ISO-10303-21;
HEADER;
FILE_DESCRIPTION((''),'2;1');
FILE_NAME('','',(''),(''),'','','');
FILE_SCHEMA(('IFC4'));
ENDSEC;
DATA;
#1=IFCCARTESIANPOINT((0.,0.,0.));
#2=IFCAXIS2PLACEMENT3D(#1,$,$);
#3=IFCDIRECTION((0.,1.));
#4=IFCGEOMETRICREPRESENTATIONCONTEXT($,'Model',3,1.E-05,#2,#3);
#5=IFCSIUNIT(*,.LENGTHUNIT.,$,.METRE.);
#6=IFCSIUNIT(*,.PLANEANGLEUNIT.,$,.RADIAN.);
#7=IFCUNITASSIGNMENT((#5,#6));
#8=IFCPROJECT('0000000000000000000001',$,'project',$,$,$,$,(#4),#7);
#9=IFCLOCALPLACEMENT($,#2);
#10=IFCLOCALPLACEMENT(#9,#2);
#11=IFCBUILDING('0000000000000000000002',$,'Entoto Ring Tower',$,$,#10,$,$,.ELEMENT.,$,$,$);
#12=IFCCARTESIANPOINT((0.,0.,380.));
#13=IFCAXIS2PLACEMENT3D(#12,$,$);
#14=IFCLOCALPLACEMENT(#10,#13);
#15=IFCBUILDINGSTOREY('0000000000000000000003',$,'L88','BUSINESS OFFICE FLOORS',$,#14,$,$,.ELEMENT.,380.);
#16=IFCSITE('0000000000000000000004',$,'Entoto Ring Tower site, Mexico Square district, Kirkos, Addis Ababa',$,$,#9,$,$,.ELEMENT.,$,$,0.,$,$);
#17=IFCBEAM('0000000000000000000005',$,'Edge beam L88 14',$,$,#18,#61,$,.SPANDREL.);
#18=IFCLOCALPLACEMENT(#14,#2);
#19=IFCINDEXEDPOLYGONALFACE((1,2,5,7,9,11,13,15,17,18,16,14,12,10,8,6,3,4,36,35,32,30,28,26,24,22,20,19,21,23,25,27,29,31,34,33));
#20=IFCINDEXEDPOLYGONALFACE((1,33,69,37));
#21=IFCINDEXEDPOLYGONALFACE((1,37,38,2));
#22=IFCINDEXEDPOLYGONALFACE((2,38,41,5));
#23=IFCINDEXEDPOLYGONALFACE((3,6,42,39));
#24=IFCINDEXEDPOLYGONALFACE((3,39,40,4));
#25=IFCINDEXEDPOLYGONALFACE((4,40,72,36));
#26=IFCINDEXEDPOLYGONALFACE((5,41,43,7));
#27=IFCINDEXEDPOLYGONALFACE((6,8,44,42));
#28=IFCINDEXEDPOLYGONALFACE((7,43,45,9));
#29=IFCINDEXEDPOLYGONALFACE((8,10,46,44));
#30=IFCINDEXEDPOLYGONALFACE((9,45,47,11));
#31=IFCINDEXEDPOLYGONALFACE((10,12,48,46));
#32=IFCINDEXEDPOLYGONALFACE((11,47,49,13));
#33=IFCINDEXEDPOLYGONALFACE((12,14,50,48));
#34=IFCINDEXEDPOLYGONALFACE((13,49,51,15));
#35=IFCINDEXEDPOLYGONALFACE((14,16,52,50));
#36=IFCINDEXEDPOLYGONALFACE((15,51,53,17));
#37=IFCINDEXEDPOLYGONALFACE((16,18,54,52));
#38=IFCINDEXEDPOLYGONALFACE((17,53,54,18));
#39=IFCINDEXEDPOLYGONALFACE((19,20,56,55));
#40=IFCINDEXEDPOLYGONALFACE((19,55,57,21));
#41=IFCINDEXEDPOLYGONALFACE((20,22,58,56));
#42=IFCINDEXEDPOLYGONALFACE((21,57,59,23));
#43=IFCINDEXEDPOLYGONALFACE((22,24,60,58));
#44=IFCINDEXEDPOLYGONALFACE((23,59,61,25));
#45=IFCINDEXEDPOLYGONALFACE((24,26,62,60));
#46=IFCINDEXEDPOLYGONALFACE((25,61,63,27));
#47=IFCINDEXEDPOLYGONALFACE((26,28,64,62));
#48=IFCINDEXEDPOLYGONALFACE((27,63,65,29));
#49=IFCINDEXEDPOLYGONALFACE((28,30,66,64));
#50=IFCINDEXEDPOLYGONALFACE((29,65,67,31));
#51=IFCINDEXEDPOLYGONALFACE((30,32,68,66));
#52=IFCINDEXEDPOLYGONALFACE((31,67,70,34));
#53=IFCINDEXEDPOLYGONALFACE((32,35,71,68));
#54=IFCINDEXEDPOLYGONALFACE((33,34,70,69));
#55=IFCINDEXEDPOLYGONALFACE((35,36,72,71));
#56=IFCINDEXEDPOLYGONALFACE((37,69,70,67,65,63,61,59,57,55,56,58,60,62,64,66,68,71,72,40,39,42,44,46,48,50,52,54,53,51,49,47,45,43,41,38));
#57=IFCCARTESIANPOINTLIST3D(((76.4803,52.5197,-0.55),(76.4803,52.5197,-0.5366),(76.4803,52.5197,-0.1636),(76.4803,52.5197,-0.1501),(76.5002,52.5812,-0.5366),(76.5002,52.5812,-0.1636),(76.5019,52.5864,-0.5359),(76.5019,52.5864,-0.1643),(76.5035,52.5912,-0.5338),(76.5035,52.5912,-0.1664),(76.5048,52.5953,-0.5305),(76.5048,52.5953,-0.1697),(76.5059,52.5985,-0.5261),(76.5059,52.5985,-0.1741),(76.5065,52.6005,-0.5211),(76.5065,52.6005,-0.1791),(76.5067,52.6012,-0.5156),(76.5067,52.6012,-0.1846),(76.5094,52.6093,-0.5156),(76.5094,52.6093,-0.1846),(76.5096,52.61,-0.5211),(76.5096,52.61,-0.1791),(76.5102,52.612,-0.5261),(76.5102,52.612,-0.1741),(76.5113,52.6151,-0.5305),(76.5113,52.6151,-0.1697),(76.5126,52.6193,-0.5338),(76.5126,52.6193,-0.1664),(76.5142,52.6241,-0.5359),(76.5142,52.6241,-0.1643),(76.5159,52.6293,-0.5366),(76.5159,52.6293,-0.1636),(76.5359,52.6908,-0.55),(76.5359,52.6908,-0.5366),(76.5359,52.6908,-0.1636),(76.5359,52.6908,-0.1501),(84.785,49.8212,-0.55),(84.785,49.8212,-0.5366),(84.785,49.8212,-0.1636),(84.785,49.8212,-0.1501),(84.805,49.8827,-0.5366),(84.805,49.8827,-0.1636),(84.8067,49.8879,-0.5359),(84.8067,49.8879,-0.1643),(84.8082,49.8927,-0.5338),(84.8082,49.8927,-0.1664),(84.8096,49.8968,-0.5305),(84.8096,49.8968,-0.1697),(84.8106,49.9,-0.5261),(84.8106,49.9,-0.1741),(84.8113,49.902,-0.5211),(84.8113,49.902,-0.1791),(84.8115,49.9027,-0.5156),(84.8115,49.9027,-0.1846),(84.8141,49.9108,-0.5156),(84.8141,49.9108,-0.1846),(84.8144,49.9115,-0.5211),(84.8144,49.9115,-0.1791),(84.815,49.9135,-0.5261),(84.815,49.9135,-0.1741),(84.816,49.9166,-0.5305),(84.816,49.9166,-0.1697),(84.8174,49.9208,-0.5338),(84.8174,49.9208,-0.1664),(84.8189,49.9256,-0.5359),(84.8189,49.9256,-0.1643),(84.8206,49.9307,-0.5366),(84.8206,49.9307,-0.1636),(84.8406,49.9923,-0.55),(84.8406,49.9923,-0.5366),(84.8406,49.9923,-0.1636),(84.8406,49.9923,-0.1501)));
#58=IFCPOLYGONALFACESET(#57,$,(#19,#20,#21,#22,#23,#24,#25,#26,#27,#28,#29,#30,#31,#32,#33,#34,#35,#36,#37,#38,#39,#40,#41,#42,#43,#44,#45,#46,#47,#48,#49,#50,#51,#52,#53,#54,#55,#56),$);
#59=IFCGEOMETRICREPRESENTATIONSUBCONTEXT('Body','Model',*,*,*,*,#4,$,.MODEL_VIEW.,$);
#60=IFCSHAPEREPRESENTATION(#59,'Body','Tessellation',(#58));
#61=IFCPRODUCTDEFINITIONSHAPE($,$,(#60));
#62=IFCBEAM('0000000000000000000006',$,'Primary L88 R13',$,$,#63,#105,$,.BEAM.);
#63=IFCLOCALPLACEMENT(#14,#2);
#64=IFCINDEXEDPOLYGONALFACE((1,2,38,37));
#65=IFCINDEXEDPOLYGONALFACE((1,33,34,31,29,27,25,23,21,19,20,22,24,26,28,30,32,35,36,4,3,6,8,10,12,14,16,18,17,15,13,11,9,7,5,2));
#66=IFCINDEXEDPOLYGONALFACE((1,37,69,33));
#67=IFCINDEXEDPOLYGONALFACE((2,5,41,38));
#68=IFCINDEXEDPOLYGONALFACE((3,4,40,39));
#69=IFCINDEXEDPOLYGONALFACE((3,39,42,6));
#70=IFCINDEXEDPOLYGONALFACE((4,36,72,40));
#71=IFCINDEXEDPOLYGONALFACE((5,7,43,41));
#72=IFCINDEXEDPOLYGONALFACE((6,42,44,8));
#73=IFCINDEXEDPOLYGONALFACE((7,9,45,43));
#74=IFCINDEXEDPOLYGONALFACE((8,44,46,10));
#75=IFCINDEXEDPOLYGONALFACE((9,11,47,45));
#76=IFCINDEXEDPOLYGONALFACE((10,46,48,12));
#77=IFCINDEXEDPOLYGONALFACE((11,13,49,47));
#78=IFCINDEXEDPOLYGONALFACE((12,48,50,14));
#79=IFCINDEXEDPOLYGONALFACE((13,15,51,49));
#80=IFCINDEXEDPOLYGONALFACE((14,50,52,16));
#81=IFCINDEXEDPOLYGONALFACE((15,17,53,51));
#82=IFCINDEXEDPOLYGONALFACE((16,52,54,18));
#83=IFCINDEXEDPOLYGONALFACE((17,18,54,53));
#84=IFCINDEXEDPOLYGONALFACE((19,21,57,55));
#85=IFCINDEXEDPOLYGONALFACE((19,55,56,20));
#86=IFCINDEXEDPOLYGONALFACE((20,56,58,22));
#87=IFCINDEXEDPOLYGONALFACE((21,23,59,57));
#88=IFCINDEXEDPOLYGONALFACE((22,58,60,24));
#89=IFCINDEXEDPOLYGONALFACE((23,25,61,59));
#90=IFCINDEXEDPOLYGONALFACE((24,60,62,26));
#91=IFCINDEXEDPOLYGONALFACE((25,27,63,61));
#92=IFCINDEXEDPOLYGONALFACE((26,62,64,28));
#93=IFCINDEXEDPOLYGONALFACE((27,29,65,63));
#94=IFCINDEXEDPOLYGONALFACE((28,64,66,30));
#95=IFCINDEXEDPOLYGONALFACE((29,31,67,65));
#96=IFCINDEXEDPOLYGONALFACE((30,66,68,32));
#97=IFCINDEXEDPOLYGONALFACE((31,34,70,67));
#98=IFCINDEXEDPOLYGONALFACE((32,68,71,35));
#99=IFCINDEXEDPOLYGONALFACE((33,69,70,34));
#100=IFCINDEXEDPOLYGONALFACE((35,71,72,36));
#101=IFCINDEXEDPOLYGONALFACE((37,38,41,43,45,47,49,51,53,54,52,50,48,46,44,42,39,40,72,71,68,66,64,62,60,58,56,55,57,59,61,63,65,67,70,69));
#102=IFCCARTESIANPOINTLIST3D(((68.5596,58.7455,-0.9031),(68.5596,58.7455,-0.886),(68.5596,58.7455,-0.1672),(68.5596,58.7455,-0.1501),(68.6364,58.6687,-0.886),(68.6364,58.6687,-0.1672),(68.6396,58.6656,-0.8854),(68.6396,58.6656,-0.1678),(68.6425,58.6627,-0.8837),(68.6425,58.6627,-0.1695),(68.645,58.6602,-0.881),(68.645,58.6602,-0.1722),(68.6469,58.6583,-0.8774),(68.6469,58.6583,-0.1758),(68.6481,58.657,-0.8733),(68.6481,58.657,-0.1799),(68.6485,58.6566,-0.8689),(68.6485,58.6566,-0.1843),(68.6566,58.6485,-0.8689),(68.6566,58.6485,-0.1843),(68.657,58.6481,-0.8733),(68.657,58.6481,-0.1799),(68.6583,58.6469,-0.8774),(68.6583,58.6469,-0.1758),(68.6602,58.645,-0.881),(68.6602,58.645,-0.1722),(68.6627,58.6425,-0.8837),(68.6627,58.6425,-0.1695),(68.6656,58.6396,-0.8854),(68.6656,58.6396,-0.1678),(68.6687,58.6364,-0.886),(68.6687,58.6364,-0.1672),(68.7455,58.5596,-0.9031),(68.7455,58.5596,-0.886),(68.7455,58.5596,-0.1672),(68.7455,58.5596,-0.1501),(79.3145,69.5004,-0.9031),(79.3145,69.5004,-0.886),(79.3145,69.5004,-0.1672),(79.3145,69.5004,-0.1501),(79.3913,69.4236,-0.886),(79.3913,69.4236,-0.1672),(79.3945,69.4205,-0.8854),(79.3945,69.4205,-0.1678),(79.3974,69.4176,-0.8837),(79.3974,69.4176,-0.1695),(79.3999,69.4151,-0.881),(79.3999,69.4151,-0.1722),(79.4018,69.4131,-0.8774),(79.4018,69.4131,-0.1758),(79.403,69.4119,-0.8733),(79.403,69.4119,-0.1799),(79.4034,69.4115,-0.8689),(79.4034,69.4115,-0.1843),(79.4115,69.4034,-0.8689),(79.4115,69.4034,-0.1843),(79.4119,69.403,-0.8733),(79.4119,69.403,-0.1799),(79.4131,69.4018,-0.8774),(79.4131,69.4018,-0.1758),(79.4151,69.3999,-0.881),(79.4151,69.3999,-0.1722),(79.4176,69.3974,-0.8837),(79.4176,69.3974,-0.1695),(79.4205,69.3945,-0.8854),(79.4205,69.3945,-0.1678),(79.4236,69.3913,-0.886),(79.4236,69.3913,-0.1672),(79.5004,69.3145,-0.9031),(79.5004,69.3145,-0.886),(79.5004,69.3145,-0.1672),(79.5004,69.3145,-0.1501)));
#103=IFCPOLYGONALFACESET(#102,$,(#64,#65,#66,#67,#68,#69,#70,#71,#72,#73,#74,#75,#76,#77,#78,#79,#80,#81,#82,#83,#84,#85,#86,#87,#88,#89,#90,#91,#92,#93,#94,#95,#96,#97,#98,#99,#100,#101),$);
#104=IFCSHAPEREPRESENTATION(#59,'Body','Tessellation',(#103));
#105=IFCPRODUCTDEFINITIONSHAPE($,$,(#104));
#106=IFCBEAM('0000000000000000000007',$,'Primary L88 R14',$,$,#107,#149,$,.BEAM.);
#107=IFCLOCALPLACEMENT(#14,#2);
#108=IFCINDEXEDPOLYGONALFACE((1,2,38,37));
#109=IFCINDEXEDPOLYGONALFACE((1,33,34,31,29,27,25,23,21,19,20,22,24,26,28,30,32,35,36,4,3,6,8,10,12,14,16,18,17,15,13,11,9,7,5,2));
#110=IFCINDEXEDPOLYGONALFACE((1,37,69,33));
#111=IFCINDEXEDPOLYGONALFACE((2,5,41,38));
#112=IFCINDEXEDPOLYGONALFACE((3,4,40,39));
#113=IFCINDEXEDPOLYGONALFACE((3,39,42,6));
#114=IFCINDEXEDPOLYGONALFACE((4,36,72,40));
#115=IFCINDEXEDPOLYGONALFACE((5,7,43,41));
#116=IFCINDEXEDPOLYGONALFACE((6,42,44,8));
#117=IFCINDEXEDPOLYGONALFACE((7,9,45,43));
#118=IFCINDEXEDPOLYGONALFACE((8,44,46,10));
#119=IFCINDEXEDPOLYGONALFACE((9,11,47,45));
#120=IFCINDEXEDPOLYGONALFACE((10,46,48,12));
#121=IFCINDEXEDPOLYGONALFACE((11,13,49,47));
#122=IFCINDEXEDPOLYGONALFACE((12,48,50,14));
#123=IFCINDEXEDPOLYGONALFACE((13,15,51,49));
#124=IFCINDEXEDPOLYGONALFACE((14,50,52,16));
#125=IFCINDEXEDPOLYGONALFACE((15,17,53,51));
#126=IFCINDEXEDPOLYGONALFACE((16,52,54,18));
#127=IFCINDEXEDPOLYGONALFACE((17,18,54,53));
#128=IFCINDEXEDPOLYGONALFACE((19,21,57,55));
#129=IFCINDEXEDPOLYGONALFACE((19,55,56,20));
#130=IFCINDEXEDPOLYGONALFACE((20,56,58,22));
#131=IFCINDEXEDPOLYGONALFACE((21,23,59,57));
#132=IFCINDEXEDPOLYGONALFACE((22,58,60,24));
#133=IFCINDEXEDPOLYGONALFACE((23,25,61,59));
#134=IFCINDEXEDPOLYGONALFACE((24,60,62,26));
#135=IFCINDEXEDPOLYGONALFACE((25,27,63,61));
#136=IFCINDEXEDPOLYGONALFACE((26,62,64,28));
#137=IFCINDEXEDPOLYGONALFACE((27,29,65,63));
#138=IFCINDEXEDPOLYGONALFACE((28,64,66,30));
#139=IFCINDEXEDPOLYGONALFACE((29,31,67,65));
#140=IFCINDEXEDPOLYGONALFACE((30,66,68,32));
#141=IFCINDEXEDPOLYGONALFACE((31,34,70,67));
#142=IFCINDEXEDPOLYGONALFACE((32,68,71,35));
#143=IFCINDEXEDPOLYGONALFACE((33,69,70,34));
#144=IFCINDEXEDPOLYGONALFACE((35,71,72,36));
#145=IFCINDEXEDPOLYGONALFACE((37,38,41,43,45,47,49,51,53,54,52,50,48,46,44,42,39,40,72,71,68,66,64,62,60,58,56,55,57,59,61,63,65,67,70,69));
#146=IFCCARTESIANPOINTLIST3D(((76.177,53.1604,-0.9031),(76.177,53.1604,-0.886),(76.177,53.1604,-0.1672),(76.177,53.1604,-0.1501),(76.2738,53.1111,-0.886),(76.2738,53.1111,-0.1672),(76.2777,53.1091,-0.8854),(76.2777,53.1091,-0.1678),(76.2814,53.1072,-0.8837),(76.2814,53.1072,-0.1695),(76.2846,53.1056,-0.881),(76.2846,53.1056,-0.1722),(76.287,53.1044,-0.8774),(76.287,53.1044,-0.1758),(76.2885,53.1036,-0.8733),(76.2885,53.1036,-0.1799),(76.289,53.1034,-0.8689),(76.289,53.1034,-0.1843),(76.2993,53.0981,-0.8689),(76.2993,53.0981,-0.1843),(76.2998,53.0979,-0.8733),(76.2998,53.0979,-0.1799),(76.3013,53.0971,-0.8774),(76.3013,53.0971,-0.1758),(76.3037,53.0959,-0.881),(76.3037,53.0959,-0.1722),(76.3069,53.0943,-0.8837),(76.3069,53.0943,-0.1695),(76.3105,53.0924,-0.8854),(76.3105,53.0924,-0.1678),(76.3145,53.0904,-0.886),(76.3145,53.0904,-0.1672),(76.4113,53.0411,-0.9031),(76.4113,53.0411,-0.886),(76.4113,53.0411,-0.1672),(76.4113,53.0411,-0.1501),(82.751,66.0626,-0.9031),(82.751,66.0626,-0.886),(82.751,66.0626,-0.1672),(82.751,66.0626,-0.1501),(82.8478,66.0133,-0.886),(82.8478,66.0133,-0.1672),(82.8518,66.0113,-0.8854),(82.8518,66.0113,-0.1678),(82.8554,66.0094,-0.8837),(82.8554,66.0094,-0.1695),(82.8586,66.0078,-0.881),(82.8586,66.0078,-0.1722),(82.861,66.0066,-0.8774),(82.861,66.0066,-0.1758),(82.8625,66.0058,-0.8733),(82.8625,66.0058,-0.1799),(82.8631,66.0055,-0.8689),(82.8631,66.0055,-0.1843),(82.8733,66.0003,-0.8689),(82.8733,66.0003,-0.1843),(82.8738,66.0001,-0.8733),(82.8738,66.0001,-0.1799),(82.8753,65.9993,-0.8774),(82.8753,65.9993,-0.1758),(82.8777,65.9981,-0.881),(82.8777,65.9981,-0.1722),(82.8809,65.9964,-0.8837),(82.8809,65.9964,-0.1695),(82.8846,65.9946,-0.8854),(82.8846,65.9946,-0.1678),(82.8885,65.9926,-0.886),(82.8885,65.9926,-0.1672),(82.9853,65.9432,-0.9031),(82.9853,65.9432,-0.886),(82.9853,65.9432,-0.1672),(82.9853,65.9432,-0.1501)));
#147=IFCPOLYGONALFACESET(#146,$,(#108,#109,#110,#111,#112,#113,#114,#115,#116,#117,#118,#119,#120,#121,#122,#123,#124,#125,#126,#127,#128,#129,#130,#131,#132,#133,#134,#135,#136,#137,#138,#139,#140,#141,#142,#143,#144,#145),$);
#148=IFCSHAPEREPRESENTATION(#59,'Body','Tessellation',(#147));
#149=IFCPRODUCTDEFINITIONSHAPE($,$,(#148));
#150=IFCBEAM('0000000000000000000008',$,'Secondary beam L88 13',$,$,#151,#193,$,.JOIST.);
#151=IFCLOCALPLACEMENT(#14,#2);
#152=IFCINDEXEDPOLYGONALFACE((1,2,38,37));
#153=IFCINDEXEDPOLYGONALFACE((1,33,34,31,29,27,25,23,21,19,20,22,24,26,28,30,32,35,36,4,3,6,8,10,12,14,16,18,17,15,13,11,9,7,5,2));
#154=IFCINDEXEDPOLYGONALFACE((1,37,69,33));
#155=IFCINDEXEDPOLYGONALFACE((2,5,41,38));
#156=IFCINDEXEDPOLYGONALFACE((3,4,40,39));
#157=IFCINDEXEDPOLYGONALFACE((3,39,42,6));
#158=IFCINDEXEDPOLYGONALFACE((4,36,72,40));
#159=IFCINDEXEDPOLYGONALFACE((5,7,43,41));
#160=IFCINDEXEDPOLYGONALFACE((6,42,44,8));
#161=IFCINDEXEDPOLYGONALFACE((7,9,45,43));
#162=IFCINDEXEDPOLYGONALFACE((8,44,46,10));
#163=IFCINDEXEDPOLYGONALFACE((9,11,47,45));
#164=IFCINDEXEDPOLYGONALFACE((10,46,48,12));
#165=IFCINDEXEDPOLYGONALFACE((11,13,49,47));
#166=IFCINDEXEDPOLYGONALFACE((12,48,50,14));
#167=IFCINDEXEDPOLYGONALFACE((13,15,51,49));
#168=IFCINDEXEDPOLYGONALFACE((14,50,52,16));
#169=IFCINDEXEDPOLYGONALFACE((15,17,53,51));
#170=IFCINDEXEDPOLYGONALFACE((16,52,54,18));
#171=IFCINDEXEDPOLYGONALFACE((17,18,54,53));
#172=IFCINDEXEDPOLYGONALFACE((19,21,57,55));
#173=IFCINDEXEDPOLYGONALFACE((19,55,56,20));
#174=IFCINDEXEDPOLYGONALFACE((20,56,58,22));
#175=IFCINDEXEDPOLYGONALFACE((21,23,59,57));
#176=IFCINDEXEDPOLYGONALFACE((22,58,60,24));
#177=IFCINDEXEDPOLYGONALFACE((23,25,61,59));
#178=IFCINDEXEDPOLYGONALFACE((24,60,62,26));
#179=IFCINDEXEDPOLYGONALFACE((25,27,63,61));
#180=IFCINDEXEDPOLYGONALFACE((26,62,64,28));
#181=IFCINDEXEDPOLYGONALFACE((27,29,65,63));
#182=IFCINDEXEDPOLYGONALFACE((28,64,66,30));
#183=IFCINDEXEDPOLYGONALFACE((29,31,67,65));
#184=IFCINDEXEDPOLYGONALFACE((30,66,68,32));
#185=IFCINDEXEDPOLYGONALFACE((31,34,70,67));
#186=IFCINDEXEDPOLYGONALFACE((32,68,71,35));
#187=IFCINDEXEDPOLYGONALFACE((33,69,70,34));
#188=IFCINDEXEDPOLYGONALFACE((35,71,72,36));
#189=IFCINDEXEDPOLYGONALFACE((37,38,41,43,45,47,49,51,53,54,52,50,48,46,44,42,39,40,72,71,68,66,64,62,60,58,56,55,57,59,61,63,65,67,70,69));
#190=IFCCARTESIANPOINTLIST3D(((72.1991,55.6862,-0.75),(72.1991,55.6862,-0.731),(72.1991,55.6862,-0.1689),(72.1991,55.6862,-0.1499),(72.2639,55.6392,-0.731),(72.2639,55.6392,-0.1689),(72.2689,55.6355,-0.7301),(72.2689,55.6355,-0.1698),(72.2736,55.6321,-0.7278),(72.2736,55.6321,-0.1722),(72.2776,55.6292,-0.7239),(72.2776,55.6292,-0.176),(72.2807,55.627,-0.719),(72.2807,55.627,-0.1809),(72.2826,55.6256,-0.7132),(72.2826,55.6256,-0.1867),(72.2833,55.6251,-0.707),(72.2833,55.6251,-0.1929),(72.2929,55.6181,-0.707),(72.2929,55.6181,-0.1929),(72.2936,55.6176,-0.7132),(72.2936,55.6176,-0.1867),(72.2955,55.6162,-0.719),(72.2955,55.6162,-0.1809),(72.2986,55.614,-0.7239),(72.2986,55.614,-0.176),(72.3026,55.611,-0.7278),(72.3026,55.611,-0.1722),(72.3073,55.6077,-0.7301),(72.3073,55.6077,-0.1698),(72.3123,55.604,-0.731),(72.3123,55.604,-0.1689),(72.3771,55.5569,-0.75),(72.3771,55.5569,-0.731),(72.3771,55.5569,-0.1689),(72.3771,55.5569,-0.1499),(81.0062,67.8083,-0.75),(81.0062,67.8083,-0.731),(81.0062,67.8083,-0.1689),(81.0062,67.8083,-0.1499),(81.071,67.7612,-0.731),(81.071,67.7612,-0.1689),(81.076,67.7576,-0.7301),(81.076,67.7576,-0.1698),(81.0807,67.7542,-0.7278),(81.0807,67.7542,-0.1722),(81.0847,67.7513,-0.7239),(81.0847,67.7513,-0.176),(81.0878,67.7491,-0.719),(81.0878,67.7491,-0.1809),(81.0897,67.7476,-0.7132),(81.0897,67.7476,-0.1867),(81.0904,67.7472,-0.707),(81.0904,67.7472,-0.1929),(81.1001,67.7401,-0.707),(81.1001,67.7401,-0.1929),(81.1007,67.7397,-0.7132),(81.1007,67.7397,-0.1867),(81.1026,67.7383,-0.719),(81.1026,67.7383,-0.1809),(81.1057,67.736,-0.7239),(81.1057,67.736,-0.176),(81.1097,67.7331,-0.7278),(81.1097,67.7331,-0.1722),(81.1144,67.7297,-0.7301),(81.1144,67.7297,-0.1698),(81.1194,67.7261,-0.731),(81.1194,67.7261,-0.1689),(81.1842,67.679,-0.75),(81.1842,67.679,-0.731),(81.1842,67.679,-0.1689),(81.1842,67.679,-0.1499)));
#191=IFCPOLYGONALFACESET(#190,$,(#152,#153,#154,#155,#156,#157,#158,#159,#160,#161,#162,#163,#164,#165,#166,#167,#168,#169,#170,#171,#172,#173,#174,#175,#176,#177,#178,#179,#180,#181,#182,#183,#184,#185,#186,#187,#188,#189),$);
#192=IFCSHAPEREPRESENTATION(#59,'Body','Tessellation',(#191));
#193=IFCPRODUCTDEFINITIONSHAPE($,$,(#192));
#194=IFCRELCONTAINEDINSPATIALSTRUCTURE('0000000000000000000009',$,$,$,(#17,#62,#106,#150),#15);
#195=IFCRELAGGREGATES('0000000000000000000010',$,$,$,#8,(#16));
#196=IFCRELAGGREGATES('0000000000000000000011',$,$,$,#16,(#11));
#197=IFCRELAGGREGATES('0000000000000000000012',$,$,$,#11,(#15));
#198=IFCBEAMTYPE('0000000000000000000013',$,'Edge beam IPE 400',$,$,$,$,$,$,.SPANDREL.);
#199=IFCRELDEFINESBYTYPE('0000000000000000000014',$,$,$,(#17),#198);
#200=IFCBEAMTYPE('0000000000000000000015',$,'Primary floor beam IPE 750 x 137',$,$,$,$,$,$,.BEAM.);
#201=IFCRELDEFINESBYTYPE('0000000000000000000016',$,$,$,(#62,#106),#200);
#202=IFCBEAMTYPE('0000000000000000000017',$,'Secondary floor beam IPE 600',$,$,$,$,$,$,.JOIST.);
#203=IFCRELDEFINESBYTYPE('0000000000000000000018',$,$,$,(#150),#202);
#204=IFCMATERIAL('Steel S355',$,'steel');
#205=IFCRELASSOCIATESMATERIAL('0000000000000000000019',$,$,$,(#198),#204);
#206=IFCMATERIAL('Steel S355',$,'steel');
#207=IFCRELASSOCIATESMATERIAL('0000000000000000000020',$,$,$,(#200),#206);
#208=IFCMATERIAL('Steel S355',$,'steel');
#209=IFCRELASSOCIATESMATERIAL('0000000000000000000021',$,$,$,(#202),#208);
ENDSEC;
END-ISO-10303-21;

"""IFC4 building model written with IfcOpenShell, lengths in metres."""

from ifc_helpers import new_model, si_unit, direction, frame, origin, origin_2d, place, context, subcontext, project, spatial, i_section, extrude, material, material_profile, profile_set, type_object, element, save


model = new_model("IFC4")

# Units and contexts
model_context = context("Model", 3, precision=1e-05, world=origin(), true_north=direction((0.0, 1.0)))
body_context = subcontext(model_context, "Body", "Model", "MODEL_VIEW")
ifc_project = project(units=[si_unit("LENGTHUNIT", "METRE"), si_unit("PLANEANGLEUNIT", "RADIAN")], contexts=[model_context])

# Site, building, storey
site_placement = place(None, origin())
site = spatial("IfcSite", under=ifc_project, at=site_placement, Name="Entoto Ring Tower site, Mexico Square district, Kirkos, Addis Ababa", CompositionType="ELEMENT", RefElevation=0.0)
building_placement = place(site_placement, origin())
building = spatial("IfcBuilding", under=site, at=building_placement, Name="Entoto Ring Tower", CompositionType="ELEMENT")
storey_placement = place(building_placement, frame((0.0, 0.0, 380.0)))
storey = spatial("IfcBuildingStorey", under=building, at=storey_placement, Name="L88", Description="BUSINESS OFFICE FLOORS", CompositionType="ELEMENT", Elevation=380.0)

# Beams
ifc_material_1 = material(Name="Steel S355", Category="steel")
ifc_material_profile_1 = material_profile(ifc_material_1, i_section(OverallWidth=0.1799, OverallDepth=0.3999, WebThickness=0.0085, FlangeThickness=0.0134, FilletRadius=0.021, at=origin_2d()), Name="IPE 400")
ifc_profile_set_1 = profile_set([ifc_material_profile_1], Name="Steel S355")
beam_type_1 = type_object("IfcBeamType", Name="Edge beam IPE 400", PredefinedType="SPANDREL", material=ifc_profile_set_1)
beam_1_placement = place(storey_placement, frame((76.5081, 52.6052, -0.3501), z_axis=(0.951052, -0.30903, 0.0), x_axis=(0.30903, 0.951052, 0.0)))
element("IfcBeam", 1, at=beam_1_placement, inside=storey, type_object=beam_type_1, Name="Edge beam L88 14", PredefinedType="SPANDREL", context=body_context, shape_type="SweptSolid", body=[
    extrude(i_section(OverallWidth=0.1799, OverallDepth=0.3999, WebThickness=0.0085, FlangeThickness=0.0134, FilletRadius=0.021, at=origin_2d()), origin(), (0.0, 0.0, 1.0), 8.7322),
])
ifc_material_2 = material(Name="Steel S355", Category="steel")
ifc_material_profile_2 = material_profile(ifc_material_2, i_section(OverallWidth=0.2629, OverallDepth=0.7529, WebThickness=0.0115, FlangeThickness=0.0171, FilletRadius=0.0171, at=origin_2d()), Name="IPE 750 x 137")
ifc_profile_set_2 = profile_set([ifc_material_profile_2], Name="Steel S355")
beam_type_2 = type_object("IfcBeamType", Name="Primary floor beam IPE 750 x 137", PredefinedType="BEAM", material=ifc_profile_set_2)
beam_2_placement = place(storey_placement, frame((79.4075, 69.4075, -0.5266), z_axis=(-0.707107, -0.707107, 0.0), x_axis=(0.707107, -0.707107, 0.0)))
element("IfcBeam", 2, at=beam_2_placement, inside=storey, type_object=beam_type_2, Name="Primary L88 R13", PredefinedType="BEAM", context=body_context, shape_type="SweptSolid", body=[
    extrude(i_section(OverallWidth=0.2629, OverallDepth=0.7529, WebThickness=0.0115, FlangeThickness=0.0171, FilletRadius=0.0171, at=origin_2d()), origin(), (0.0, 0.0, 1.0), 15.2097),
])
beam_3_placement = place(storey_placement, frame((82.8682, 66.0029, -0.5266), z_axis=(-0.453992, -0.891006, 0.0), x_axis=(0.891006, -0.453992, 0.0)))
element("IfcBeam", 3, at=beam_3_placement, inside=storey, type_object=beam_type_2, Name="Primary L88 R14", PredefinedType="BEAM", context=body_context, shape_type="SweptSolid", body=[
    extrude(i_section(OverallWidth=0.2629, OverallDepth=0.7529, WebThickness=0.0115, FlangeThickness=0.0171, FilletRadius=0.0171, at=origin_2d()), origin(), (0.0, 0.0, 1.0), 14.4805),
])
ifc_material_3 = material(Name="Steel S355", Category="steel")
ifc_material_profile_3 = material_profile(ifc_material_3, i_section(OverallWidth=0.22, OverallDepth=0.6001, WebThickness=0.012, FlangeThickness=0.019, FilletRadius=0.0239, at=origin_2d()), Name="IPE 600")
ifc_profile_set_3 = profile_set([ifc_material_profile_3], Name="Steel S355")
beam_type_3 = type_object("IfcBeamType", Name="Secondary floor beam IPE 600", PredefinedType="JOIST", material=ifc_profile_set_3)
beam_4_placement = place(storey_placement, frame((81.0952, 67.7437, -0.45), z_axis=(-0.587782, -0.809019, 0.0), x_axis=(0.809019, -0.587782, 0.0)))
element("IfcBeam", 4, at=beam_4_placement, inside=storey, type_object=beam_type_3, Name="Secondary beam L88 13", PredefinedType="JOIST", context=body_context, shape_type="SweptSolid", body=[
    extrude(i_section(OverallWidth=0.22, OverallDepth=0.6001, WebThickness=0.012, FlangeThickness=0.019, FilletRadius=0.0239, at=origin_2d()), origin(), (0.0, 0.0, 1.0), 14.9836),
])

save(model, "model.ifc")
